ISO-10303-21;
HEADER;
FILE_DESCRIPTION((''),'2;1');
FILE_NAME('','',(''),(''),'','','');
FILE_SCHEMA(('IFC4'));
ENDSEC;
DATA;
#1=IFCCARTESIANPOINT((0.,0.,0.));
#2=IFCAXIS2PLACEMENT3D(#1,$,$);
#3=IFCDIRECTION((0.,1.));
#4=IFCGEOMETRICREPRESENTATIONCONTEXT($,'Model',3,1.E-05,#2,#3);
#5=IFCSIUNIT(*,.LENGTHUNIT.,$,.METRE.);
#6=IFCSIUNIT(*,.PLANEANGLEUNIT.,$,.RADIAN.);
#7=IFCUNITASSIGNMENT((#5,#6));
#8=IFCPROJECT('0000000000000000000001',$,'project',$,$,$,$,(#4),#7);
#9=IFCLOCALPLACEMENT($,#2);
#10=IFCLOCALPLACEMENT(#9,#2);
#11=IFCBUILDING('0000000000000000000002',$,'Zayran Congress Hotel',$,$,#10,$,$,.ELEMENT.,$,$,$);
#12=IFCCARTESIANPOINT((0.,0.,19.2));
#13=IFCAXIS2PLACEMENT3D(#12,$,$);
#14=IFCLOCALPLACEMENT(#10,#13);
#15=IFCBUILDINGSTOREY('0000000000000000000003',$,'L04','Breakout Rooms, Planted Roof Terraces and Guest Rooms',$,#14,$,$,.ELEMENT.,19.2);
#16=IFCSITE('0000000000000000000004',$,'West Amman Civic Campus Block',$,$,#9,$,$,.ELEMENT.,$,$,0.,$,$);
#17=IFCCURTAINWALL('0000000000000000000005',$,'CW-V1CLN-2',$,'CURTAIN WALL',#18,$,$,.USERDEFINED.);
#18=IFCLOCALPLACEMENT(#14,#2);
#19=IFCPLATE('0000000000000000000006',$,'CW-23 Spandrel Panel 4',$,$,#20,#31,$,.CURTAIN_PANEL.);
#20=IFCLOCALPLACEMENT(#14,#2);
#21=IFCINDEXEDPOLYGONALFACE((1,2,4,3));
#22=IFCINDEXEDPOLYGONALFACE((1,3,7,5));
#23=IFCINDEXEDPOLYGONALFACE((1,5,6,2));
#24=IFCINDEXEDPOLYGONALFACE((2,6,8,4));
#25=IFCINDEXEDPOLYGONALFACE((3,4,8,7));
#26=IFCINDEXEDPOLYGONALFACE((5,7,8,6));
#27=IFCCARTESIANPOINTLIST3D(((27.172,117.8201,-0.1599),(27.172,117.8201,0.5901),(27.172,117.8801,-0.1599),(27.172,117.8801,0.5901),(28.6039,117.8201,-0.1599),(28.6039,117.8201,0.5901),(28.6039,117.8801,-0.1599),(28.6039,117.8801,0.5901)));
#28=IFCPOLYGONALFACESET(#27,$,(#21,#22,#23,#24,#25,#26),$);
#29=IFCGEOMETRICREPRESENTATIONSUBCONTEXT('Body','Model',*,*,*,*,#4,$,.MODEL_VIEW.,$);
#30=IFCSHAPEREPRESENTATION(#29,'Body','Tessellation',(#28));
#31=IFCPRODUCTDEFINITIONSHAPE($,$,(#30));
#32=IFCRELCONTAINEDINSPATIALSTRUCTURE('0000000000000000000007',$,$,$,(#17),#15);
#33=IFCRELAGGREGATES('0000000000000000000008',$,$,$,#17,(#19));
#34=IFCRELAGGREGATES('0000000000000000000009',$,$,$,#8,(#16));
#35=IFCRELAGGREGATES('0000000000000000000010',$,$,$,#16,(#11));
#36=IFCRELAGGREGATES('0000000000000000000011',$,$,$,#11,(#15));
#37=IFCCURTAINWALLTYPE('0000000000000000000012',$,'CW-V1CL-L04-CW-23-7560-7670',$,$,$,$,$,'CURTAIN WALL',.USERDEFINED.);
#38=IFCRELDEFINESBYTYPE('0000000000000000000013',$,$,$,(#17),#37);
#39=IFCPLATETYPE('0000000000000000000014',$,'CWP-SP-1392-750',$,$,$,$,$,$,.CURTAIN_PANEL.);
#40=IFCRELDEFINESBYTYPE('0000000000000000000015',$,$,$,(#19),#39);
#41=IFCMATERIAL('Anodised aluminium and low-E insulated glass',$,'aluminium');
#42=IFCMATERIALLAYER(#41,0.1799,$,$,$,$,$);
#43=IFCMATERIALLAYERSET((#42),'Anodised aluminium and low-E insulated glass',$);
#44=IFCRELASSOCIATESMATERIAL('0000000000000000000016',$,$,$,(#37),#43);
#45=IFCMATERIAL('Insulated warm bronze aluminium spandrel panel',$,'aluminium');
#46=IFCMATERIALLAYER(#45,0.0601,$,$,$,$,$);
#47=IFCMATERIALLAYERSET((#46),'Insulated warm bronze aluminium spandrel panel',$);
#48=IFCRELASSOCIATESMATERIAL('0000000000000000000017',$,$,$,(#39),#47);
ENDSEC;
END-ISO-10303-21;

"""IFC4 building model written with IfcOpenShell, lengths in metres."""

from ifc_helpers import new_model, si_unit, direction, frame, origin, origin_2d, place, context, subcontext, project, spatial, rectangle, extrude, material, layer, layer_set, type_object, element, aggregate, save


model = new_model("IFC4")

# Units and contexts
model_context = context("Model", 3, precision=1e-05, world=origin(), true_north=direction((0.0, 1.0)))
body_context = subcontext(model_context, "Body", "Model", "MODEL_VIEW")
ifc_project = project(units=[si_unit("LENGTHUNIT", "METRE"), si_unit("PLANEANGLEUNIT", "RADIAN")], contexts=[model_context])

# Site, building, storey
site_placement = place(None, origin())
site = spatial("IfcSite", under=ifc_project, at=site_placement, Name="West Amman Civic Campus Block", CompositionType="ELEMENT", RefElevation=0.0)
building_placement = place(site_placement, origin())
building = spatial("IfcBuilding", under=site, at=building_placement, Name="Zayran Congress Hotel", CompositionType="ELEMENT")
storey_placement = place(building_placement, frame((0.0, 0.0, 19.2)))
storey = spatial("IfcBuildingStorey", under=building, at=storey_placement, Name="L04", Description="Breakout Rooms, Planted Roof Terraces and Guest Rooms", CompositionType="ELEMENT", Elevation=19.2)

# Curtain wall
ifc_material_1 = material(Name="Anodised aluminium and low-E insulated glass", Category="aluminium")
ifc_layer_1 = layer(ifc_material_1, 0.1799)
ifc_layer_set_1 = layer_set([ifc_layer_1], Name="Anodised aluminium and low-E insulated glass")
curtain_wall_type_1 = type_object("IfcCurtainWallType", Name="CW-V1CL-L04-CW-23-7560-7670", ElementType="CURTAIN WALL", PredefinedType="USERDEFINED", material=ifc_layer_set_1)
curtain_wall_1_placement = place(storey_placement, origin())
curtain_wall_1 = element("IfcCurtainWall", 1, at=curtain_wall_1_placement, inside=storey, type_object=curtain_wall_type_1, Name="CW-V1CLN-2", ObjectType="CURTAIN WALL", PredefinedType="USERDEFINED")

# Plate
ifc_material_2 = material(Name="Insulated warm bronze aluminium spandrel panel", Category="aluminium")
ifc_layer_2 = layer(ifc_material_2, 0.0601)
ifc_layer_set_2 = layer_set([ifc_layer_2], Name="Insulated warm bronze aluminium spandrel panel")
plate_type_1 = type_object("IfcPlateType", Name="CWP-SP-1392-750", PredefinedType="CURTAIN_PANEL", material=ifc_layer_set_2)
plate_1_placement = place(storey_placement, frame((27.8879, 117.8501, -0.1599), z_axis=(0.0, 0.0, 1.0), x_axis=(1.0, 0.0, 0.0)))
plate_1 = element("IfcPlate", 2, at=plate_1_placement, type_object=plate_type_1, Name="CW-23 Spandrel Panel 4", PredefinedType="CURTAIN_PANEL", context=body_context, shape_type="SweptSolid", body=[
    extrude(rectangle(XDim=1.4319, YDim=0.0601, at=origin_2d()), origin(), (0.0, 0.0, 1.0), 0.75),
])
aggregate(curtain_wall_1, [plate_1])

save(model, "model.ifc")
